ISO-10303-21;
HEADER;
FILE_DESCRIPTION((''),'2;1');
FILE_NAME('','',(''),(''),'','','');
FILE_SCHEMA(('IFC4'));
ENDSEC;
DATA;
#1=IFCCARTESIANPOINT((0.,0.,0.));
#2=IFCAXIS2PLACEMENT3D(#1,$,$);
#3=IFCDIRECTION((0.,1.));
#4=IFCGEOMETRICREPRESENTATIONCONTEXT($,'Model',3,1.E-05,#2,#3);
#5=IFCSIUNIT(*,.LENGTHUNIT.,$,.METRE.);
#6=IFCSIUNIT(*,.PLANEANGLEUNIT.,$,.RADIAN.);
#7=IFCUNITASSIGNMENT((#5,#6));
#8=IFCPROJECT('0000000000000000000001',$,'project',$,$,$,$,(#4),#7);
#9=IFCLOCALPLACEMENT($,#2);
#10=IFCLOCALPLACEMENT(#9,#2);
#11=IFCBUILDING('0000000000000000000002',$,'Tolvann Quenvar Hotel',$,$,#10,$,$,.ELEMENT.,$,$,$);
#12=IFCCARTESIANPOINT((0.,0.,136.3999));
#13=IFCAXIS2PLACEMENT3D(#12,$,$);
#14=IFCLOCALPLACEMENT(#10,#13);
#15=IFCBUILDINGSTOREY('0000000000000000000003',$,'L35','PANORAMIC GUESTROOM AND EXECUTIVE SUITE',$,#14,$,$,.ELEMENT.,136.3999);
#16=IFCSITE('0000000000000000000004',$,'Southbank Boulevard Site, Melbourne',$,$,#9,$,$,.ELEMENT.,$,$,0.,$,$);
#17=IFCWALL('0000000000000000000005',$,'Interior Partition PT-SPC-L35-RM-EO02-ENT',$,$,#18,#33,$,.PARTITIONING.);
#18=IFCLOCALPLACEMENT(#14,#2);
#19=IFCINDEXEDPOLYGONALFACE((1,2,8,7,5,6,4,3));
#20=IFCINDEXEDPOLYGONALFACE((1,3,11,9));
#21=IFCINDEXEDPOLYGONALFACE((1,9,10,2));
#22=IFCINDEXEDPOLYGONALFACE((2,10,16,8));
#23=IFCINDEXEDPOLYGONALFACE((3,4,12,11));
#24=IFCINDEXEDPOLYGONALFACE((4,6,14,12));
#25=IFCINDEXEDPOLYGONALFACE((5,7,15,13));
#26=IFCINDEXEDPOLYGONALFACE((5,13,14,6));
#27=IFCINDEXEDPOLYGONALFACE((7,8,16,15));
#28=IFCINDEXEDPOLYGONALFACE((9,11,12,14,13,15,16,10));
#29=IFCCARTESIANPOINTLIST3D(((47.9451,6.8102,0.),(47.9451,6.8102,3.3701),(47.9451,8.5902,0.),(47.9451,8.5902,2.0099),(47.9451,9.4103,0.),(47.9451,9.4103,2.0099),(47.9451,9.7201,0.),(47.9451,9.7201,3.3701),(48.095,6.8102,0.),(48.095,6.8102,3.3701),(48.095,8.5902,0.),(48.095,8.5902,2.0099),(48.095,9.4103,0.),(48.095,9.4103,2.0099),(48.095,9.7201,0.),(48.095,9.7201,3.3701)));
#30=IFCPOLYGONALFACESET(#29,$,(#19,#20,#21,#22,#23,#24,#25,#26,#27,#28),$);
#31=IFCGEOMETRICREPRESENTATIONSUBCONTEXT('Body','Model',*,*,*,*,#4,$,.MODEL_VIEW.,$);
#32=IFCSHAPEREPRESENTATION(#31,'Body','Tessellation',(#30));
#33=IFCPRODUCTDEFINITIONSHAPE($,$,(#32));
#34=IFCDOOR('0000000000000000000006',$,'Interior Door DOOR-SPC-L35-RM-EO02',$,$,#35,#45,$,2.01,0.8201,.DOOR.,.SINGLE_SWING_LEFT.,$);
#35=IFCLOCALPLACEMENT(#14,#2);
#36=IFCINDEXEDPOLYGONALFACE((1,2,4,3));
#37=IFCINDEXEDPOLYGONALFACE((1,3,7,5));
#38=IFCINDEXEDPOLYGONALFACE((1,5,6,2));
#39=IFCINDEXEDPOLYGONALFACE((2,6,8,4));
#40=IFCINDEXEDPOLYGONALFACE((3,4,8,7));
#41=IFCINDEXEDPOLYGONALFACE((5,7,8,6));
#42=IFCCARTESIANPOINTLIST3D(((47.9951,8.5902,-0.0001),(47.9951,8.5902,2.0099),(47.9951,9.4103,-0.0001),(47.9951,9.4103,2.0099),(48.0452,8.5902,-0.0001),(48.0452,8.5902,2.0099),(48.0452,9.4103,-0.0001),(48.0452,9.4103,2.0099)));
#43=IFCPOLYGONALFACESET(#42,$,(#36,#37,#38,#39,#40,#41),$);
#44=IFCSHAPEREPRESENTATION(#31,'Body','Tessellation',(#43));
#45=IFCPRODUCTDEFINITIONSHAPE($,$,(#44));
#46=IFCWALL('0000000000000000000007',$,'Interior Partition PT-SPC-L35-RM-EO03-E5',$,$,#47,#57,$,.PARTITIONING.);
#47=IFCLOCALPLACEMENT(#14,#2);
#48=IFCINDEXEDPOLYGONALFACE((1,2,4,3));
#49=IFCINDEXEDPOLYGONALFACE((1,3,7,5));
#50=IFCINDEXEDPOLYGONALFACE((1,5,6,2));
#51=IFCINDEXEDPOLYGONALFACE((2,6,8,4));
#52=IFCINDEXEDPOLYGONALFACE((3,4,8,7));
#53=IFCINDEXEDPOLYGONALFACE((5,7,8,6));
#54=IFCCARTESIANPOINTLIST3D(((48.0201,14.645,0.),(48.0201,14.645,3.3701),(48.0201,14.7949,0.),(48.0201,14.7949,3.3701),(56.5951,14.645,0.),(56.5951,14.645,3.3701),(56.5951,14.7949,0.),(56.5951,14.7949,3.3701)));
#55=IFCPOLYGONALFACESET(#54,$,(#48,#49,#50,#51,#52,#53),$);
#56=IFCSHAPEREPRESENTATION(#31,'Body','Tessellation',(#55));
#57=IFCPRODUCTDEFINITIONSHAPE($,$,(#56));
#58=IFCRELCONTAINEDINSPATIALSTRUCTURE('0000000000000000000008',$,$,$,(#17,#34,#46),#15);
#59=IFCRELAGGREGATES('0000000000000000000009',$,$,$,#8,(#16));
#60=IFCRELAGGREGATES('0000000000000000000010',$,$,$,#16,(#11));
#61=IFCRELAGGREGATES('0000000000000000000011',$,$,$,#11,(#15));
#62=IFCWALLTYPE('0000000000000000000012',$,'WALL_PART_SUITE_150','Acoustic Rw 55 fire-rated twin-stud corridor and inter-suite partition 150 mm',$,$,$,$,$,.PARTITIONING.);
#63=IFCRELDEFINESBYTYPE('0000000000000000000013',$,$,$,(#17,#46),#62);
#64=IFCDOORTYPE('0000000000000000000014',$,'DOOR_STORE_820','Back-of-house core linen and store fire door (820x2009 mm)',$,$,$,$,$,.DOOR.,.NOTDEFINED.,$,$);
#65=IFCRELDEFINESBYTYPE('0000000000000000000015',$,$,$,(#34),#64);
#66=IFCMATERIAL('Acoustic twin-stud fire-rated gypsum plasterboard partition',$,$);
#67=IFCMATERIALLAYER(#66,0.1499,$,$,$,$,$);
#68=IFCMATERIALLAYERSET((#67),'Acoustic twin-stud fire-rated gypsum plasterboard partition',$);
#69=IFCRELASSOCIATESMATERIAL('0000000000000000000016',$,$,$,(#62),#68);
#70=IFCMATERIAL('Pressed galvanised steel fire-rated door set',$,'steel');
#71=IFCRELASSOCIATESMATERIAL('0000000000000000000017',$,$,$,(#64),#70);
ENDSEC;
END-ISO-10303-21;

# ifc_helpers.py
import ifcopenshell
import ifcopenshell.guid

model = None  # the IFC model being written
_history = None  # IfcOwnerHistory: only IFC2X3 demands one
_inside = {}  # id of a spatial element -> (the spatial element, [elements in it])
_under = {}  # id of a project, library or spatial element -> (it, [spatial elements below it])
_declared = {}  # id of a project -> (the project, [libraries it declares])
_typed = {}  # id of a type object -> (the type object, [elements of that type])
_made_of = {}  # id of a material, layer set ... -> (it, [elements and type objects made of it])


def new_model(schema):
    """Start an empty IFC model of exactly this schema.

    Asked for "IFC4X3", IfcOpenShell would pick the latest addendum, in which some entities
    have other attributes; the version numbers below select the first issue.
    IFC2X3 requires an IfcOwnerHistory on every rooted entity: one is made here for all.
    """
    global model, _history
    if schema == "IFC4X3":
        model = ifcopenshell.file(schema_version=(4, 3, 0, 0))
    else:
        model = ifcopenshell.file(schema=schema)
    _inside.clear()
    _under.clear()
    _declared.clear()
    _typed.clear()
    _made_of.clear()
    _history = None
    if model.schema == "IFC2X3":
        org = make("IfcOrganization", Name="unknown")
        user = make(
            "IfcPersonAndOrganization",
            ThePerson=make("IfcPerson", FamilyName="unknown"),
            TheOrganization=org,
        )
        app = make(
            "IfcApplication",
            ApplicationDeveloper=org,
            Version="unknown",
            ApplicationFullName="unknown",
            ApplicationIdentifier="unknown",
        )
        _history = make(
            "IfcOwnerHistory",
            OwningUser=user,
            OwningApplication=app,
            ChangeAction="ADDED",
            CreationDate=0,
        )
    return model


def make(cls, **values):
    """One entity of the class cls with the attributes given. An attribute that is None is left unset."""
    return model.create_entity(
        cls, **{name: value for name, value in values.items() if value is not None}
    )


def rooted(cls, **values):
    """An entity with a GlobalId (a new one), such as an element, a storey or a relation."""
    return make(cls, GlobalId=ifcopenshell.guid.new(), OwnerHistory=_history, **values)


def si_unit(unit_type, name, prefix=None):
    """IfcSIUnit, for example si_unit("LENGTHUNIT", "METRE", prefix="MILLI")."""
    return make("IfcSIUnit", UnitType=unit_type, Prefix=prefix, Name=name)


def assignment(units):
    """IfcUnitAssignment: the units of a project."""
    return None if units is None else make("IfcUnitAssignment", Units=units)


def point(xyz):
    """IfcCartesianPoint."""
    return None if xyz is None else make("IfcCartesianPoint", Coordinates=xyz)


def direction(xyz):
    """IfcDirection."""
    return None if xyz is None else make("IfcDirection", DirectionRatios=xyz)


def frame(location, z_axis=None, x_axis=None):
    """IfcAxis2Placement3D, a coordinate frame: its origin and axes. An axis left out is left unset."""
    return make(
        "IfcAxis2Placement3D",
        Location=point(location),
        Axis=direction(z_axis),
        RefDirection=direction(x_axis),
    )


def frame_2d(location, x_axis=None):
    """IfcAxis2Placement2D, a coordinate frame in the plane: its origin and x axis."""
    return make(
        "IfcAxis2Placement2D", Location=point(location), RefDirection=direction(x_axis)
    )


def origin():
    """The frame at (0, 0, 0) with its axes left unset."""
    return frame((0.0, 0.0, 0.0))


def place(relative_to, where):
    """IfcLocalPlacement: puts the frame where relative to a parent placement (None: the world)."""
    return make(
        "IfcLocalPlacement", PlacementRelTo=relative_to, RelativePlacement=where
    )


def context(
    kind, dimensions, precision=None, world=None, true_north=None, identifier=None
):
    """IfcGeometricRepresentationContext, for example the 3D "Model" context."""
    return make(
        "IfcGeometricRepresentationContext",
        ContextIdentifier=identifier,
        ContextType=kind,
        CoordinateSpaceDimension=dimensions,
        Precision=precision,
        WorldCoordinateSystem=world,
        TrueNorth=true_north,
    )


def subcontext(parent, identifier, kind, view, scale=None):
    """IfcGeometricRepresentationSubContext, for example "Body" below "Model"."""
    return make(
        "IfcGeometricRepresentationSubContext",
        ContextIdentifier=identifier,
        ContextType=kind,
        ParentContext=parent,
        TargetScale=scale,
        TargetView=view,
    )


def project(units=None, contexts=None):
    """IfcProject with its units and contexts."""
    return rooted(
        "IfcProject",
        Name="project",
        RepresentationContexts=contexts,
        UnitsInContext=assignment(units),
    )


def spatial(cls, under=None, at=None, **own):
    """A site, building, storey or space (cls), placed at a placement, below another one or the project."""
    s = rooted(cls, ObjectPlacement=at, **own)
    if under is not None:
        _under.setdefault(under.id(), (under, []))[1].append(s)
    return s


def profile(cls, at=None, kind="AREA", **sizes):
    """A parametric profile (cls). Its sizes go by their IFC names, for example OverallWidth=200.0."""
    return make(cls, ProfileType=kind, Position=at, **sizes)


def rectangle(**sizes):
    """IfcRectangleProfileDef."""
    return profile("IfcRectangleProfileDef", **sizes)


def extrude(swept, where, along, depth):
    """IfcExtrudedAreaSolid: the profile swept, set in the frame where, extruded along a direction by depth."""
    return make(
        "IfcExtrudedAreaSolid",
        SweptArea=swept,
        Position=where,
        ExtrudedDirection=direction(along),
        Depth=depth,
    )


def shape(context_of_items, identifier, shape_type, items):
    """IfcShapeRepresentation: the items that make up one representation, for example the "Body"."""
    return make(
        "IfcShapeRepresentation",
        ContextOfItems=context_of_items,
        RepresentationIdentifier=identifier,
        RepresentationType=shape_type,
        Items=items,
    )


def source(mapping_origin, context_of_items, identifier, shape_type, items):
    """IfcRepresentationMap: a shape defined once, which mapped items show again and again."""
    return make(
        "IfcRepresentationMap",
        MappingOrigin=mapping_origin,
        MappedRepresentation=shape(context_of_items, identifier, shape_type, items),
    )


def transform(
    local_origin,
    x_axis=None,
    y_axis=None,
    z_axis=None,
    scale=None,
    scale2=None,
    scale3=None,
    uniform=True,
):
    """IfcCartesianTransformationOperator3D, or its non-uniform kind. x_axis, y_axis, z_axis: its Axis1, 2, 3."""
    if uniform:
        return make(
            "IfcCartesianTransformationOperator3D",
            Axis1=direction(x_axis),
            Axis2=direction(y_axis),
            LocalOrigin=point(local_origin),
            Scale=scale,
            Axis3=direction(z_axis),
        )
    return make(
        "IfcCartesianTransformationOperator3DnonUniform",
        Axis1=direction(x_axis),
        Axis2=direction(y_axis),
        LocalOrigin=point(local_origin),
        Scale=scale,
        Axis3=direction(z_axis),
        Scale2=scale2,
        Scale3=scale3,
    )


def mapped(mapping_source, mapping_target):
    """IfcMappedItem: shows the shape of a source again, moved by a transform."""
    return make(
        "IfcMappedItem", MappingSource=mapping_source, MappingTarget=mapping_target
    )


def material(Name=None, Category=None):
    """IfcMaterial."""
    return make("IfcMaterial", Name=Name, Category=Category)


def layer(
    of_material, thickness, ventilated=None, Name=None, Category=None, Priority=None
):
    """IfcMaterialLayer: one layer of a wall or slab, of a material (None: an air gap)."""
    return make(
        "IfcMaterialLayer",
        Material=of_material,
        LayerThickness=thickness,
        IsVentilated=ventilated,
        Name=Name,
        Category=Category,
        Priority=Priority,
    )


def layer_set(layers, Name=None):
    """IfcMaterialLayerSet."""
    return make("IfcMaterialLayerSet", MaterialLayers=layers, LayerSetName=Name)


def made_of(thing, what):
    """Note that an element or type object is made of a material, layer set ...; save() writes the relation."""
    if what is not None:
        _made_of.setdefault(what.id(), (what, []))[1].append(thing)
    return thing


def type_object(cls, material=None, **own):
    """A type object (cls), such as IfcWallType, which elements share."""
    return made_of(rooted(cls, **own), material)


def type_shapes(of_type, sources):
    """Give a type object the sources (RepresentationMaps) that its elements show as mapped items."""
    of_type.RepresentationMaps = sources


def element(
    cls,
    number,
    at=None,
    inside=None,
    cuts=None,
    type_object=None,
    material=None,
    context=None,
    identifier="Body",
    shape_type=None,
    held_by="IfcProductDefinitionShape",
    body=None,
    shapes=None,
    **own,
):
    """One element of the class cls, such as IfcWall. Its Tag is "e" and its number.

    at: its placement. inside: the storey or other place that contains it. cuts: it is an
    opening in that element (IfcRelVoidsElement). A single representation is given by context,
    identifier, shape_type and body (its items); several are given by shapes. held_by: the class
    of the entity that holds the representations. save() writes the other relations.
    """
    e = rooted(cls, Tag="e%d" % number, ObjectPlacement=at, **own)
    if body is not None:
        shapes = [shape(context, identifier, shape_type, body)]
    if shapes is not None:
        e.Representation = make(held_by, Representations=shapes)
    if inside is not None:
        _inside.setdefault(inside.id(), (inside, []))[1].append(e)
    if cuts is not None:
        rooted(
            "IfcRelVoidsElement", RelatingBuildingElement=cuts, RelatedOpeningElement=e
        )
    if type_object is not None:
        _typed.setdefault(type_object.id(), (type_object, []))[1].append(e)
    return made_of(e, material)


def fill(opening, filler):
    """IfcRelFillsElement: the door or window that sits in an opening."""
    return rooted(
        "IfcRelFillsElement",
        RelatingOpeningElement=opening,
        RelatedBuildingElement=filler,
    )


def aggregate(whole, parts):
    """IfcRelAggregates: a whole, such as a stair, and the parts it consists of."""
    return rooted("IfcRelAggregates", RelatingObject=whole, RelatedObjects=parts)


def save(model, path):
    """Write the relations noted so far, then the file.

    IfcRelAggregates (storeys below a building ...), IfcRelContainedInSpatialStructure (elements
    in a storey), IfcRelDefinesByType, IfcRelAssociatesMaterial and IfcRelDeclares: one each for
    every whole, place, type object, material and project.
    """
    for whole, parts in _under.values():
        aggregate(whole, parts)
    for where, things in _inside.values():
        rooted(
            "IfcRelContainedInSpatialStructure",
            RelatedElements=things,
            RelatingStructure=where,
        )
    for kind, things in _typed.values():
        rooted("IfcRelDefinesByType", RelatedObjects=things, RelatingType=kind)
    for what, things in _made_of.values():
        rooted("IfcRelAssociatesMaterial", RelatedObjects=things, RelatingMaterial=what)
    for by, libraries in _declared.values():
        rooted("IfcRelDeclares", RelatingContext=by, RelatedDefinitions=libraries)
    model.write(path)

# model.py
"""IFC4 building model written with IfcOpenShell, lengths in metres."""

from ifc_helpers import new_model, si_unit, direction, frame, frame_2d, origin, place, context, subcontext, project, spatial, rectangle, extrude, source, transform, mapped, material, layer, layer_set, type_object, type_shapes, element, fill, save


model = new_model("IFC4")

# Units and contexts
model_context = context("Model", 3, precision=1e-05, world=origin(), true_north=direction((0.0, 1.0)))
body_context = subcontext(model_context, "Body", "Model", "MODEL_VIEW")
ifc_project = project(units=[si_unit("LENGTHUNIT", "METRE"), si_unit("PLANEANGLEUNIT", "RADIAN")], contexts=[model_context])

# Site, building, storey
site_placement = place(None, origin())
site = spatial("IfcSite", under=ifc_project, at=site_placement, Name="Southbank Boulevard Site, Melbourne", CompositionType="ELEMENT", RefElevation=0.0)
building_placement = place(site_placement, origin())
building = spatial("IfcBuilding", under=site, at=building_placement, Name="Tolvann Quenvar Hotel", CompositionType="ELEMENT")
storey_placement = place(building_placement, frame((0.0, 0.0, 136.3999)))
storey = spatial("IfcBuildingStorey", under=building, at=storey_placement, Name="L35", Description="PANORAMIC GUESTROOM AND EXECUTIVE SUITE", CompositionType="ELEMENT", Elevation=136.3999)

# Shared definitions
ifc_material_1 = material(Name="Acoustic twin-stud fire-rated gypsum plasterboard partition")
ifc_layer_1 = layer(ifc_material_1, 0.1499)
ifc_layer_set_1 = layer_set([ifc_layer_1], Name="Acoustic twin-stud fire-rated gypsum plasterboard partition")
wall_type_1 = type_object("IfcWallType", Name="WALL_PART_SUITE_150", Description="Acoustic Rw 55 fire-rated twin-stud corridor and inter-suite partition 150 mm", PredefinedType="PARTITIONING", material=ifc_layer_set_1)

# Wall, opening, door
wall_1_placement = place(storey_placement, frame((48.02, 6.8101, 0.0), z_axis=(0.0, 0.0, 1.0), x_axis=(0.0, 1.0, 0.0)))
wall_1 = element("IfcWall", 1, at=wall_1_placement, inside=storey, type_object=wall_type_1, Name="Interior Partition PT-SPC-L35-RM-EO02-ENT", PredefinedType="PARTITIONING", context=body_context, shape_type="SweptSolid", body=[
    extrude(rectangle(XDim=2.9099, YDim=0.1499, at=frame_2d((1.4551, 0.0))), origin(), (0.0, 0.0, 1.0), 3.3701),
])
opening_1_placement = place(wall_1_placement, frame((1.78, 0.0, 0.0)))
opening_1 = element("IfcOpeningElement", 2, at=opening_1_placement, cuts=wall_1, PredefinedType="OPENING", context=body_context, shape_type="SweptSolid", body=[
    extrude(rectangle(XDim=0.8201, YDim=2.01, at=frame_2d((0.4102, 1.0049))), frame((0.0, 0.085, 0.0), z_axis=(0.0, -1.0, 0.0), x_axis=(1.0, 0.0, 0.0)), (0.0, 0.0, 1.0), 0.1699),
])
ifc_material_2 = material(Name="Pressed galvanised steel fire-rated door set", Category="steel")
door_type_1 = type_object("IfcDoorType", Name="DOOR_STORE_820", Description="Back-of-house core linen and store fire door (820x2009 mm)", OperationType="NOTDEFINED", PredefinedType="DOOR", material=ifc_material_2)
shared_shape_1 = source(origin(), body_context, "Body", "SweptSolid", [
    extrude(rectangle(XDim=0.8201, YDim=2.01, at=frame_2d((0.4102, 1.0049))), frame((0.0, 0.0249, 0.0), z_axis=(0.0, -1.0, 0.0), x_axis=(1.0, 0.0, 0.0)), (0.0, 0.0, 1.0), 0.05),
])
type_shapes(door_type_1, [shared_shape_1])
door_1_placement = place(opening_1_placement, origin())
door_1 = element("IfcDoor", 3, at=door_1_placement, inside=storey, type_object=door_type_1, Name="Interior Door DOOR-SPC-L35-RM-EO02", OperationType="SINGLE_SWING_LEFT", OverallHeight=2.01, OverallWidth=0.8201, PredefinedType="DOOR", context=body_context, shape_type="MappedRepresentation", body=[
    mapped(shared_shape_1, transform((0.0, 0.0, 0.0), x_axis=(1.0, 0.0, 0.0), y_axis=(0.0, 1.0, 0.0), z_axis=(0.0, 0.0, 1.0), scale=1.0)),
])
fill(opening_1, door_1)

# Wall
wall_2_placement = place(storey_placement, frame((48.02, 14.72, 0.0), z_axis=(0.0, 0.0, 1.0), x_axis=(1.0, 0.0, 0.0)))
element("IfcWall", 4, at=wall_2_placement, inside=storey, type_object=wall_type_1, Name="Interior Partition PT-SPC-L35-RM-EO03-E5", PredefinedType="PARTITIONING", context=body_context, shape_type="SweptSolid", body=[
    extrude(rectangle(XDim=8.575, YDim=0.1499, at=frame_2d((4.2876, 0.0))), origin(), (0.0, 0.0, 1.0), 3.3701),
])

save(model, "model.ifc")
